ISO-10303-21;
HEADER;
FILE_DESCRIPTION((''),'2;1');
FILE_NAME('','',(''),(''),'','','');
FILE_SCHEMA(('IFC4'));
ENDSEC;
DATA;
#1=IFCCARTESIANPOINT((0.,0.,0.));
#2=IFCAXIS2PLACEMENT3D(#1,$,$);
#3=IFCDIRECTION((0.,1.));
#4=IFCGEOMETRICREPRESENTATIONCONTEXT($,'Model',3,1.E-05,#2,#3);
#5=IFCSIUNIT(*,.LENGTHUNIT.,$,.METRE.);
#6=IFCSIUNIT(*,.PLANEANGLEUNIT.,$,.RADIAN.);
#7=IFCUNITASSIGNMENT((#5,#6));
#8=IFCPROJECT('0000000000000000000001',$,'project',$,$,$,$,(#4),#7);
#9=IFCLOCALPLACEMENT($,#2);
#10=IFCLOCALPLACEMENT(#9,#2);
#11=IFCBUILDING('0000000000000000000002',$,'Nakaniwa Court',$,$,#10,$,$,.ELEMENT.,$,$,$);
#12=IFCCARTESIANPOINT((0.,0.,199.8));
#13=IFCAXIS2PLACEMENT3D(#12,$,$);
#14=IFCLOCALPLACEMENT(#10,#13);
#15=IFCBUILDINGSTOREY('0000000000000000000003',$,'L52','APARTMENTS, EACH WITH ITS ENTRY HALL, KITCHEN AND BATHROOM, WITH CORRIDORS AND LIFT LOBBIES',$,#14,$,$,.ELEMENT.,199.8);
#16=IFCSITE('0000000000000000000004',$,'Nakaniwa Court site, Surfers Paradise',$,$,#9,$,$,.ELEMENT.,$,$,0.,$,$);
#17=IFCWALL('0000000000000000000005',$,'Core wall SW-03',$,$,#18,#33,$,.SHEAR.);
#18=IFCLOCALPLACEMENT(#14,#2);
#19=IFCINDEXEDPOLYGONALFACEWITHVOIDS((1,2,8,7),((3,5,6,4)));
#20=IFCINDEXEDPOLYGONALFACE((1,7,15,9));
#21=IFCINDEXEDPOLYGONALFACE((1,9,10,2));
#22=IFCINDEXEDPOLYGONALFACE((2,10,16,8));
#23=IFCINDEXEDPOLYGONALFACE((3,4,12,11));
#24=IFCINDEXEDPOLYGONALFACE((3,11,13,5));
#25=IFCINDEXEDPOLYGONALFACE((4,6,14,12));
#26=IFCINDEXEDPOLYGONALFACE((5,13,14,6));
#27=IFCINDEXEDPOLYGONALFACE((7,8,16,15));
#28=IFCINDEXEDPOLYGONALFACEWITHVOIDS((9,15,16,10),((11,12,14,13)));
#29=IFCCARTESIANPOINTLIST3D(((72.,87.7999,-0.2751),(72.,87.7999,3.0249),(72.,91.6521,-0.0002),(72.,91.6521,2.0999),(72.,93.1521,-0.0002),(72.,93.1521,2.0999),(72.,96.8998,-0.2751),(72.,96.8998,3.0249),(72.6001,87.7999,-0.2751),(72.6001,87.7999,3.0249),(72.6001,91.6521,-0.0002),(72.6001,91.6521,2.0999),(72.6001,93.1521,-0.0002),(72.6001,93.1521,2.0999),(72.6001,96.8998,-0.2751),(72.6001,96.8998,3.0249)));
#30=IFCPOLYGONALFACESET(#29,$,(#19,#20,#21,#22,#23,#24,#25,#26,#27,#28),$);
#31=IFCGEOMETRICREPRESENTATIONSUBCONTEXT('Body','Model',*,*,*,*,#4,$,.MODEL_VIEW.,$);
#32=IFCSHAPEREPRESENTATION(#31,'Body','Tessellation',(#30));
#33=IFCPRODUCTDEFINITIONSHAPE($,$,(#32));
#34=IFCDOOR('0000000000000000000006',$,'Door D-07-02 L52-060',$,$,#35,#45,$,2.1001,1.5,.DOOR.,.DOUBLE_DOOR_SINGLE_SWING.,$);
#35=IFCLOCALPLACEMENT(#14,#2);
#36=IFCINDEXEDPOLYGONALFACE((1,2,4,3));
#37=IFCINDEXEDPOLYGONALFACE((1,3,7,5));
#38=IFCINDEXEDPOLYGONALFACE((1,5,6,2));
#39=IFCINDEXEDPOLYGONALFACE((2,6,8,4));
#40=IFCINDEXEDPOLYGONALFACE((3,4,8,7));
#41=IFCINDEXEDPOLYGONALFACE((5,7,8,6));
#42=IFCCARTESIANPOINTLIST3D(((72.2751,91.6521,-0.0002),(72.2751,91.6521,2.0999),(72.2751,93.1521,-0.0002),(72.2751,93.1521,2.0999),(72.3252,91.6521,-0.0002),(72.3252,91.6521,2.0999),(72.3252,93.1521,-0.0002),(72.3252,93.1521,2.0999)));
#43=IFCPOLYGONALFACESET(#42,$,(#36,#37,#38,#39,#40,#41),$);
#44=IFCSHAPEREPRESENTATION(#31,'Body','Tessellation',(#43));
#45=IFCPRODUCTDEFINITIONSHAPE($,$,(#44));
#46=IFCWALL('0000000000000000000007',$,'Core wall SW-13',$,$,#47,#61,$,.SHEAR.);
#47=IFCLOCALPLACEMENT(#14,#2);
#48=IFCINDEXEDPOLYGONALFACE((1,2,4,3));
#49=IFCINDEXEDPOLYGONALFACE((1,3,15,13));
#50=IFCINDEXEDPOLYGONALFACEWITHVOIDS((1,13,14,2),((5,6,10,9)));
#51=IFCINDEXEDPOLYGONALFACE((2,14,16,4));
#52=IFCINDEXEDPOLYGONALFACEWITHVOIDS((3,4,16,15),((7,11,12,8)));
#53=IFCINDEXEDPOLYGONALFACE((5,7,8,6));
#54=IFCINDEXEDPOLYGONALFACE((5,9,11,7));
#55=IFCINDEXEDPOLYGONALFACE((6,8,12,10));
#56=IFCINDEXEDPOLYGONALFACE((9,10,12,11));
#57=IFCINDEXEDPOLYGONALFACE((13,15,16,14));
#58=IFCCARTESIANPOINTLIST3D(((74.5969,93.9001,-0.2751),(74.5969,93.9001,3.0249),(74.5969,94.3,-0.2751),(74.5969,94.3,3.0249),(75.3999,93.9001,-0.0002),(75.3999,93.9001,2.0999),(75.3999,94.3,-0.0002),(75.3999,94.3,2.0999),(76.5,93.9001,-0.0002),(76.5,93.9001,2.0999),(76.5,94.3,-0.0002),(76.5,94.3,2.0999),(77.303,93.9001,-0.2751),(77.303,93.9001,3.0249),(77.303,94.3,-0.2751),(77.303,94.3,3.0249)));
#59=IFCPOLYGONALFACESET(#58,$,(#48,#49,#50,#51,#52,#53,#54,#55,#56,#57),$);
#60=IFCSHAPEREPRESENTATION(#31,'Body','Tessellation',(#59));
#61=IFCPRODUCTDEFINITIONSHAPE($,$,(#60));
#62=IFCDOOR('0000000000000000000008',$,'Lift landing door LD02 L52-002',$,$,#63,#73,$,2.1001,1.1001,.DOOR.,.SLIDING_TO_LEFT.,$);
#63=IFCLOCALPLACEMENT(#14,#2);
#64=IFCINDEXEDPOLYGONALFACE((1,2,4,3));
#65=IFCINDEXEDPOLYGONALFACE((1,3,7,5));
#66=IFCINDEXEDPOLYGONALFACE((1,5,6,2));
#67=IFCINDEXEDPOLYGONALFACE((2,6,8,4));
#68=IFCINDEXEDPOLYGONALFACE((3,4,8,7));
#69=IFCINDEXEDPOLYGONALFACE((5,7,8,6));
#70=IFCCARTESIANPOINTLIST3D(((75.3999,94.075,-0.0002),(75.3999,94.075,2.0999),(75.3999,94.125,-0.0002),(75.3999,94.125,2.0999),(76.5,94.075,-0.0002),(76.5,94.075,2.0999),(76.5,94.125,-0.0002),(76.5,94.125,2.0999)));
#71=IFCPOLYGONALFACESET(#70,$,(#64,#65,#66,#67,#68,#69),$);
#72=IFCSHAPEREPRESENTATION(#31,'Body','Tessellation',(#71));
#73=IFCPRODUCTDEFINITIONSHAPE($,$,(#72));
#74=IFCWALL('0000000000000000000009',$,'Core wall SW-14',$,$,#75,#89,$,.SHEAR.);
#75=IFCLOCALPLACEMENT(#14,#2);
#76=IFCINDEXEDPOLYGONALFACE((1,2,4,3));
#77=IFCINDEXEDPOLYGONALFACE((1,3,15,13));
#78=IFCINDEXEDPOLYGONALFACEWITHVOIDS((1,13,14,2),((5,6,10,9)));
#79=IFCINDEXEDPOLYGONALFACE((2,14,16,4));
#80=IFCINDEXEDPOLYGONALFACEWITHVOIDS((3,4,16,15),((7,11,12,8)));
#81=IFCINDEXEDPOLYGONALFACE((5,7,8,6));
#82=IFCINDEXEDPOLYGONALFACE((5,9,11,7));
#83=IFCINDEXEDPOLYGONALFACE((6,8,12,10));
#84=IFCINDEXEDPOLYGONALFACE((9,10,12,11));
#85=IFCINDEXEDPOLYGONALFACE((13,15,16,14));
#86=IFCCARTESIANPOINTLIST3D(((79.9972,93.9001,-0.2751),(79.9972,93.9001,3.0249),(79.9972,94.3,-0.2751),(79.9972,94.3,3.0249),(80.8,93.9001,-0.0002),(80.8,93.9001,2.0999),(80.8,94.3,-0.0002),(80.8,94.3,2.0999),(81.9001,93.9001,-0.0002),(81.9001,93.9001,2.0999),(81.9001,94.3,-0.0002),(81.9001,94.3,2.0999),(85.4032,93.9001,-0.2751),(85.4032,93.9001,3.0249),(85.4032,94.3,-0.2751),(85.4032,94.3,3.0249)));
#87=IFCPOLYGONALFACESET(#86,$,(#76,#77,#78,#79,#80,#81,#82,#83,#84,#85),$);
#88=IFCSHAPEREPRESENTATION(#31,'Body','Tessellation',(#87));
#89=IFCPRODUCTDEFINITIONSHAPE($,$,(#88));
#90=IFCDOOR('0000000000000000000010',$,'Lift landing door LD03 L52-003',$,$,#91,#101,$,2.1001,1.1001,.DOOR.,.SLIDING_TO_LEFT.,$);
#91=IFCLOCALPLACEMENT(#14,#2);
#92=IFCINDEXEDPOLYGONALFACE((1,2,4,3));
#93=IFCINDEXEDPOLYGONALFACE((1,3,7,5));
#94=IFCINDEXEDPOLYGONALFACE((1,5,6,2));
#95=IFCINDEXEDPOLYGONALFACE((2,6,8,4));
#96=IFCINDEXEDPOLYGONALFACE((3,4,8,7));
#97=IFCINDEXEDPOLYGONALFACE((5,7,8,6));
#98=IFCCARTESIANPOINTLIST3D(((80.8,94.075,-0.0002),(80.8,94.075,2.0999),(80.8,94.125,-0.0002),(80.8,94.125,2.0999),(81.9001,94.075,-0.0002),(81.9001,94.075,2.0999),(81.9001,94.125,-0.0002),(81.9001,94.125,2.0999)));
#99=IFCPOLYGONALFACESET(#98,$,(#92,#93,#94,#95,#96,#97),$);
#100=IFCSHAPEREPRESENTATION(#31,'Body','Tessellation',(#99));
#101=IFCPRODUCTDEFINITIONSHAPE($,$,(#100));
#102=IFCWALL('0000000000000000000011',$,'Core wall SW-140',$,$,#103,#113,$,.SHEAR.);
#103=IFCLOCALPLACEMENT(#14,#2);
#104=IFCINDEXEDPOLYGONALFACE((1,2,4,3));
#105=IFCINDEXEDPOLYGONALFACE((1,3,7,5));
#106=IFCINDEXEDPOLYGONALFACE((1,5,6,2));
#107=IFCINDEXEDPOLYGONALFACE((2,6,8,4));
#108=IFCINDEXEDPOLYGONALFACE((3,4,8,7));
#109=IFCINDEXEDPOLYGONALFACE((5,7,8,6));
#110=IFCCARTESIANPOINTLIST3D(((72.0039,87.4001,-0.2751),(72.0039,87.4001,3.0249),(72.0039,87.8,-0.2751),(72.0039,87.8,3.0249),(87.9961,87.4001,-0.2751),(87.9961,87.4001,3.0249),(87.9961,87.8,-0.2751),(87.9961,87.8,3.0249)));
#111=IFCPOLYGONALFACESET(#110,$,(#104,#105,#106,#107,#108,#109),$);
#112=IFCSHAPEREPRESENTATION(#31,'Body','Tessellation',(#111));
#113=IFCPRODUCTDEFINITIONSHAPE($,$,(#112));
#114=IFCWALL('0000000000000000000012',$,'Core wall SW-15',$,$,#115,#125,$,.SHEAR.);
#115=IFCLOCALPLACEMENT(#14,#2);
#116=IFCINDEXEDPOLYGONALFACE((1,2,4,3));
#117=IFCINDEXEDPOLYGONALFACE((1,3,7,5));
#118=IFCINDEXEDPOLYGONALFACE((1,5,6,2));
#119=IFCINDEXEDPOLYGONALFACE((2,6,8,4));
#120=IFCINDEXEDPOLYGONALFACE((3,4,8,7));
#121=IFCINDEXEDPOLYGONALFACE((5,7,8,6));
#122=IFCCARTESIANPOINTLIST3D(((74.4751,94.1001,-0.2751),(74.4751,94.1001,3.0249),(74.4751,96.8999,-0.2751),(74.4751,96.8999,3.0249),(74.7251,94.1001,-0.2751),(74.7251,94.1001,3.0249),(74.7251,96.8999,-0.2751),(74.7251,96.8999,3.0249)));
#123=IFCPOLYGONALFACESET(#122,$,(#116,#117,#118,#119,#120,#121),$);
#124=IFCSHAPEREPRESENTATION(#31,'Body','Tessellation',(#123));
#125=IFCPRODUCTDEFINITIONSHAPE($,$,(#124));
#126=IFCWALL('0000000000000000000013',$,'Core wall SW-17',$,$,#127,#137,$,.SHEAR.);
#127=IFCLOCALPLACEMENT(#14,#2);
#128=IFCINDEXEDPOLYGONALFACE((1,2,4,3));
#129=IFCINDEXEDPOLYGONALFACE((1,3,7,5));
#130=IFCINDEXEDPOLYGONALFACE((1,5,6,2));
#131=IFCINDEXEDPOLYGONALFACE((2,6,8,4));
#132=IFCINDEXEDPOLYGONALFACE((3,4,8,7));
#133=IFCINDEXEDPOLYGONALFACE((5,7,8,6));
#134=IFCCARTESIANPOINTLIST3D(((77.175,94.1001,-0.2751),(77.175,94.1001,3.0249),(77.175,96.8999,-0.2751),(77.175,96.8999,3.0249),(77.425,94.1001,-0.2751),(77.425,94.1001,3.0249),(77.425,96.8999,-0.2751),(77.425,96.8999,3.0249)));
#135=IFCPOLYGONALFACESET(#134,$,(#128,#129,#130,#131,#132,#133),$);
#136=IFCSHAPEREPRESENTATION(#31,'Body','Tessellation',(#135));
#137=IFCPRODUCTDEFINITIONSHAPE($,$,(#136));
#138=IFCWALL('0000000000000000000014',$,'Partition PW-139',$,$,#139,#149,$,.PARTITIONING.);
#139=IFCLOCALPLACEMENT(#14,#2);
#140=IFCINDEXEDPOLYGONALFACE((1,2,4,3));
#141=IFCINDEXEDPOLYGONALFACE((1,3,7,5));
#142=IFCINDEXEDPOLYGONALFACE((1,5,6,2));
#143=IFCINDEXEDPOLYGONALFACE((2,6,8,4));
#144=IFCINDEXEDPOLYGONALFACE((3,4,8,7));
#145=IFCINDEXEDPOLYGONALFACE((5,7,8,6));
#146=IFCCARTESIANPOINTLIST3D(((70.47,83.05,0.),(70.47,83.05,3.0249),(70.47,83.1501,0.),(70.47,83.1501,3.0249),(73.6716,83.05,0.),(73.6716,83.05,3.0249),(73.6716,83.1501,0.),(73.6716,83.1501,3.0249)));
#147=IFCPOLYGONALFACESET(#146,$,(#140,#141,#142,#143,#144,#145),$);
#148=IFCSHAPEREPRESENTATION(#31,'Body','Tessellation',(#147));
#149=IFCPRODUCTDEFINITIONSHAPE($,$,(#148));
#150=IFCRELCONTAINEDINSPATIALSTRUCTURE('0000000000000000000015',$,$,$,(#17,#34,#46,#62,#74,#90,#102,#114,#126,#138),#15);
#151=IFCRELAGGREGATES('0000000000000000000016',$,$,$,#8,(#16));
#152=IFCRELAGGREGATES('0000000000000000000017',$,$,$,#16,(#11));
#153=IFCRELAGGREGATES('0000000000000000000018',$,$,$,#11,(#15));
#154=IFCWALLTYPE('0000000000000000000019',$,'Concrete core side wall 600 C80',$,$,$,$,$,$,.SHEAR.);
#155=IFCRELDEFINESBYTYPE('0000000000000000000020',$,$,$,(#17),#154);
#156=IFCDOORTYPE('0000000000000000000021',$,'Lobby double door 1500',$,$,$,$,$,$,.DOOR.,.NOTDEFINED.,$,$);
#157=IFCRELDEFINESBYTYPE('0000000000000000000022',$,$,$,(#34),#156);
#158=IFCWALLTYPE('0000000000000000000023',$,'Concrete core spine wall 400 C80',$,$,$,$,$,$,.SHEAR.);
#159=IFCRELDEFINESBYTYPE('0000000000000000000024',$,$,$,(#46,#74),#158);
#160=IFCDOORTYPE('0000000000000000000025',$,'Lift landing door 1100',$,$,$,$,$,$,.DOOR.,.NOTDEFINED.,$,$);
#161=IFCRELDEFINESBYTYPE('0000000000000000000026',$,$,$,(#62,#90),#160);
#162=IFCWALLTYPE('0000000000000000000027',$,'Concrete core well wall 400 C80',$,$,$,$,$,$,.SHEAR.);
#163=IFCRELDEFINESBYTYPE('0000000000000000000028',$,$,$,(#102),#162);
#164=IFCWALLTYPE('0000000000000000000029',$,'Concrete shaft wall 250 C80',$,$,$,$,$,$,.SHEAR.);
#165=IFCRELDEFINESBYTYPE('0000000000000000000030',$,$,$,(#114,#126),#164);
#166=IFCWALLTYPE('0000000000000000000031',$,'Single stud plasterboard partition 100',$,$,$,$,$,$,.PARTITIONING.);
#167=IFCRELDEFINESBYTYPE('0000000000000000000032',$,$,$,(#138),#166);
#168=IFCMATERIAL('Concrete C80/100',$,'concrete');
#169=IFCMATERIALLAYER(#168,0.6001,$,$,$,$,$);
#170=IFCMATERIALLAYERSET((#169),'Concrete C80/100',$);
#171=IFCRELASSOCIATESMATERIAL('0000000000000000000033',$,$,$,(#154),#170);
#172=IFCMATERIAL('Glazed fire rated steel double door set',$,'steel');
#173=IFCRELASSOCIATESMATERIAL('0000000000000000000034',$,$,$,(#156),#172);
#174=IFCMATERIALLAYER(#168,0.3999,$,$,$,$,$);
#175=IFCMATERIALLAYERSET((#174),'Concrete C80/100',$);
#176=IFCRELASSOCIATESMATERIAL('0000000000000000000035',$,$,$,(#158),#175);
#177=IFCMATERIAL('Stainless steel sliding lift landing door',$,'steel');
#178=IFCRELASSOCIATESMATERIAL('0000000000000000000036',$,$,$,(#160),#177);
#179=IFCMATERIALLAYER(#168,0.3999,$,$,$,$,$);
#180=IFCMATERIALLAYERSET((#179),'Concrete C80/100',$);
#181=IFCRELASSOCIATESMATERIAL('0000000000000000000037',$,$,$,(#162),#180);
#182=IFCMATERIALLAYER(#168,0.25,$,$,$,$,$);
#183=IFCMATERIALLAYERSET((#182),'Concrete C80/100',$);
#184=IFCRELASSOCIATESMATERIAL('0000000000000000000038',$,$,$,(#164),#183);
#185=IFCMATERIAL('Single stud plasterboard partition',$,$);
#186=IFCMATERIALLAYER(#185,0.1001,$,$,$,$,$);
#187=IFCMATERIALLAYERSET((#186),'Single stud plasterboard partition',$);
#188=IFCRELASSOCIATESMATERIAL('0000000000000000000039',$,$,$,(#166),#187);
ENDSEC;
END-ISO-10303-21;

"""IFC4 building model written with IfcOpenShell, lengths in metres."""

from ifc_helpers import new_model, si_unit, direction, frame, frame_2d, origin, place, context, subcontext, project, spatial, rectangle, extrude, material, layer, layer_set, type_object, element, fill, save


model = new_model("IFC4")

# Units and contexts
model_context = context("Model", 3, precision=1e-05, world=origin(), true_north=direction((0.0, 1.0)))
body_context = subcontext(model_context, "Body", "Model", "MODEL_VIEW")
ifc_project = project(units=[si_unit("LENGTHUNIT", "METRE"), si_unit("PLANEANGLEUNIT", "RADIAN")], contexts=[model_context])

# Site, building, storey
site_placement = place(None, origin())
site = spatial("IfcSite", under=ifc_project, at=site_placement, Name="Nakaniwa Court site, Surfers Paradise", CompositionType="ELEMENT", RefElevation=0.0)
building_placement = place(site_placement, origin())
building = spatial("IfcBuilding", under=site, at=building_placement, Name="Nakaniwa Court", CompositionType="ELEMENT")
storey_placement = place(building_placement, frame((0.0, 0.0, 199.8)))
storey = spatial("IfcBuildingStorey", under=building, at=storey_placement, Name="L52", Description="APARTMENTS, EACH WITH ITS ENTRY HALL, KITCHEN AND BATHROOM, WITH CORRIDORS AND LIFT LOBBIES", CompositionType="ELEMENT", Elevation=199.8)

# Shared definitions
ifc_material_1 = material(Name="Concrete C80/100", Category="concrete")

# Walls, openings, doors
ifc_layer_1 = layer(ifc_material_1, 0.6001)
ifc_layer_set_1 = layer_set([ifc_layer_1], Name="Concrete C80/100")
wall_type_1 = type_object("IfcWallType", Name="Concrete core side wall 600 C80", PredefinedType="SHEAR", material=ifc_layer_set_1)
wall_1_placement = place(storey_placement, frame((72.3, 87.8, -0.2751), z_axis=(0.0, 0.0, 1.0), x_axis=(0.0, 1.0, 0.0)))
wall_1 = element("IfcWall", 1, at=wall_1_placement, inside=storey, type_object=wall_type_1, Name="Core wall SW-03", PredefinedType="SHEAR", context=body_context, shape_type="SweptSolid", body=[
    extrude(rectangle(XDim=9.0999, YDim=0.6001, at=frame_2d((4.5498, 0.0))), origin(), (0.0, 0.0, 1.0), 3.3),
])
opening_1_placement = place(wall_1_placement, frame((3.8521, 0.0, 0.2749)))
opening_1 = element("IfcOpeningElement", 2, at=opening_1_placement, cuts=wall_1, PredefinedType="OPENING", context=body_context, shape_type="SweptSolid", body=[
    extrude(rectangle(XDim=1.5, YDim=2.1001, at=frame_2d((0.75, 1.05))), frame((0.0, 0.3101, 0.0), z_axis=(0.0, -1.0, 0.0), x_axis=(1.0, 0.0, 0.0)), (0.0, 0.0, 1.0), 0.6201),
])
ifc_material_2 = material(Name="Glazed fire rated steel double door set", Category="steel")
door_type_1 = type_object("IfcDoorType", Name="Lobby double door 1500", OperationType="NOTDEFINED", PredefinedType="DOOR", material=ifc_material_2)
door_1_placement = place(opening_1_placement, origin())
door_1 = element("IfcDoor", 3, at=door_1_placement, inside=storey, type_object=door_type_1, Name="Door D-07-02 L52-060", OperationType="DOUBLE_DOOR_SINGLE_SWING", OverallHeight=2.1001, OverallWidth=1.5, PredefinedType="DOOR", context=body_context, shape_type="SweptSolid", body=[
    extrude(rectangle(XDim=1.5, YDim=2.1001, at=frame_2d((0.75, 1.05))), frame((0.0, 0.0249, 0.0), z_axis=(0.0, -1.0, 0.0), x_axis=(1.0, 0.0, 0.0)), (0.0, 0.0, 1.0), 0.05),
])
fill(opening_1, door_1)
ifc_layer_2 = layer(ifc_material_1, 0.3999)
ifc_layer_set_2 = layer_set([ifc_layer_2], Name="Concrete C80/100")
wall_type_2 = type_object("IfcWallType", Name="Concrete core spine wall 400 C80", PredefinedType="SHEAR", material=ifc_layer_set_2)
wall_2_placement = place(storey_placement, frame((74.5969, 94.1001, -0.2751), z_axis=(0.0, 0.0, 1.0), x_axis=(1.0, 0.0, 0.0)))
wall_2 = element("IfcWall", 4, at=wall_2_placement, inside=storey, type_object=wall_type_2, Name="Core wall SW-13", PredefinedType="SHEAR", context=body_context, shape_type="SweptSolid", body=[
    extrude(rectangle(XDim=2.7061, YDim=0.3999, at=frame_2d((1.353, 0.0))), origin(), (0.0, 0.0, 1.0), 3.3),
])
opening_2_placement = place(wall_2_placement, frame((0.803, 0.0, 0.2749)))
opening_2 = element("IfcOpeningElement", 5, at=opening_2_placement, cuts=wall_2, PredefinedType="OPENING", context=body_context, shape_type="SweptSolid", body=[
    extrude(rectangle(XDim=1.1001, YDim=2.1001, at=frame_2d((0.55, 1.05))), frame((0.0, 0.21, 0.0), z_axis=(0.0, -1.0, 0.0), x_axis=(1.0, 0.0, 0.0)), (0.0, 0.0, 1.0), 0.4199),
])
ifc_material_3 = material(Name="Stainless steel sliding lift landing door", Category="steel")
door_type_2 = type_object("IfcDoorType", Name="Lift landing door 1100", OperationType="NOTDEFINED", PredefinedType="DOOR", material=ifc_material_3)
door_2_placement = place(opening_2_placement, origin())
door_2 = element("IfcDoor", 6, at=door_2_placement, inside=storey, type_object=door_type_2, Name="Lift landing door LD02 L52-002", OperationType="SLIDING_TO_LEFT", OverallHeight=2.1001, OverallWidth=1.1001, PredefinedType="DOOR", context=body_context, shape_type="SweptSolid", body=[
    extrude(rectangle(XDim=1.1001, YDim=2.1001, at=frame_2d((0.55, 1.05))), frame((0.0, 0.0249, 0.0), z_axis=(0.0, -1.0, 0.0), x_axis=(1.0, 0.0, 0.0)), (0.0, 0.0, 1.0), 0.05),
])
fill(opening_2, door_2)
wall_3_placement = place(storey_placement, frame((79.9971, 94.1001, -0.2751), z_axis=(0.0, 0.0, 1.0), x_axis=(1.0, 0.0, 0.0)))
wall_3 = element("IfcWall", 7, at=wall_3_placement, inside=storey, type_object=wall_type_2, Name="Core wall SW-14", PredefinedType="SHEAR", context=body_context, shape_type="SweptSolid", body=[
    extrude(rectangle(XDim=5.406, YDim=0.3999, at=frame_2d((2.7031, 0.0))), origin(), (0.0, 0.0, 1.0), 3.3),
])
opening_3_placement = place(wall_3_placement, frame((0.803, 0.0, 0.2749)))
opening_3 = element("IfcOpeningElement", 8, at=opening_3_placement, cuts=wall_3, PredefinedType="OPENING", context=body_context, shape_type="SweptSolid", body=[
    extrude(rectangle(XDim=1.1001, YDim=2.1001, at=frame_2d((0.55, 1.05))), frame((0.0, 0.21, 0.0), z_axis=(0.0, -1.0, 0.0), x_axis=(1.0, 0.0, 0.0)), (0.0, 0.0, 1.0), 0.4199),
])
door_3_placement = place(opening_3_placement, origin())
door_3 = element("IfcDoor", 9, at=door_3_placement, inside=storey, type_object=door_type_2, Name="Lift landing door LD03 L52-003", OperationType="SLIDING_TO_LEFT", OverallHeight=2.1001, OverallWidth=1.1001, PredefinedType="DOOR", context=body_context, shape_type="SweptSolid", body=[
    extrude(rectangle(XDim=1.1001, YDim=2.1001, at=frame_2d((0.55, 1.05))), frame((0.0, 0.0249, 0.0), z_axis=(0.0, -1.0, 0.0), x_axis=(1.0, 0.0, 0.0)), (0.0, 0.0, 1.0), 0.05),
])
fill(opening_3, door_3)

# Walls
ifc_layer_3 = layer(ifc_material_1, 0.3999)
ifc_layer_set_3 = layer_set([ifc_layer_3], Name="Concrete C80/100")
wall_type_3 = type_object("IfcWallType", Name="Concrete core well wall 400 C80", PredefinedType="SHEAR", material=ifc_layer_set_3)
wall_4_placement = place(storey_placement, frame((72.0039, 87.6001, -0.2751), z_axis=(0.0, 0.0, 1.0), x_axis=(1.0, 0.0, 0.0)))
element("IfcWall", 10, at=wall_4_placement, inside=storey, type_object=wall_type_3, Name="Core wall SW-140", PredefinedType="SHEAR", context=body_context, shape_type="SweptSolid", body=[
    extrude(rectangle(XDim=15.9922, YDim=0.3999, at=frame_2d((7.9961, 0.0))), origin(), (0.0, 0.0, 1.0), 3.3),
])
ifc_layer_4 = layer(ifc_material_1, 0.25)
ifc_layer_set_4 = layer_set([ifc_layer_4], Name="Concrete C80/100")
wall_type_4 = type_object("IfcWallType", Name="Concrete shaft wall 250 C80", PredefinedType="SHEAR", material=ifc_layer_set_4)
for number, where, z_axis, x_axis, name in (
    (11, (74.6001, 94.1001, -0.2751), (0.0, 0.0, 1.0), (0.0, 1.0, 0.0), "Core wall SW-15"),
    (12, (77.3, 94.1001, -0.2751), (0.0, 0.0, 1.0), (0.0, 1.0, 0.0), "Core wall SW-17"),
):
    element("IfcWall", number, at=place(storey_placement, frame(where, z_axis=z_axis, x_axis=x_axis)), inside=storey, type_object=wall_type_4, Name=name, PredefinedType="SHEAR", context=body_context, shape_type="SweptSolid", body=[
        extrude(rectangle(XDim=2.7998, YDim=0.25, at=frame_2d((1.3999, 0.0))), origin(), (0.0, 0.0, 1.0), 3.3),
    ])
ifc_material_4 = material(Name="Single stud plasterboard partition")
ifc_layer_5 = layer(ifc_material_4, 0.1001)
ifc_layer_set_5 = layer_set([ifc_layer_5], Name="Single stud plasterboard partition")
wall_type_5 = type_object("IfcWallType", Name="Single stud plasterboard partition 100", PredefinedType="PARTITIONING", material=ifc_layer_set_5)
wall_5_placement = place(storey_placement, frame((70.47, 83.1001, 0.0), z_axis=(0.0, 0.0, 1.0), x_axis=(1.0, 0.0, 0.0)))
element("IfcWall", 13, at=wall_5_placement, inside=storey, type_object=wall_type_5, Name="Partition PW-139", PredefinedType="PARTITIONING", context=body_context, shape_type="SweptSolid", body=[
    extrude(rectangle(XDim=3.2017, YDim=0.1001, at=frame_2d((1.6008, 0.0))), origin(), (0.0, 0.0, 1.0), 3.0249),
])

save(model, "model.ifc")
